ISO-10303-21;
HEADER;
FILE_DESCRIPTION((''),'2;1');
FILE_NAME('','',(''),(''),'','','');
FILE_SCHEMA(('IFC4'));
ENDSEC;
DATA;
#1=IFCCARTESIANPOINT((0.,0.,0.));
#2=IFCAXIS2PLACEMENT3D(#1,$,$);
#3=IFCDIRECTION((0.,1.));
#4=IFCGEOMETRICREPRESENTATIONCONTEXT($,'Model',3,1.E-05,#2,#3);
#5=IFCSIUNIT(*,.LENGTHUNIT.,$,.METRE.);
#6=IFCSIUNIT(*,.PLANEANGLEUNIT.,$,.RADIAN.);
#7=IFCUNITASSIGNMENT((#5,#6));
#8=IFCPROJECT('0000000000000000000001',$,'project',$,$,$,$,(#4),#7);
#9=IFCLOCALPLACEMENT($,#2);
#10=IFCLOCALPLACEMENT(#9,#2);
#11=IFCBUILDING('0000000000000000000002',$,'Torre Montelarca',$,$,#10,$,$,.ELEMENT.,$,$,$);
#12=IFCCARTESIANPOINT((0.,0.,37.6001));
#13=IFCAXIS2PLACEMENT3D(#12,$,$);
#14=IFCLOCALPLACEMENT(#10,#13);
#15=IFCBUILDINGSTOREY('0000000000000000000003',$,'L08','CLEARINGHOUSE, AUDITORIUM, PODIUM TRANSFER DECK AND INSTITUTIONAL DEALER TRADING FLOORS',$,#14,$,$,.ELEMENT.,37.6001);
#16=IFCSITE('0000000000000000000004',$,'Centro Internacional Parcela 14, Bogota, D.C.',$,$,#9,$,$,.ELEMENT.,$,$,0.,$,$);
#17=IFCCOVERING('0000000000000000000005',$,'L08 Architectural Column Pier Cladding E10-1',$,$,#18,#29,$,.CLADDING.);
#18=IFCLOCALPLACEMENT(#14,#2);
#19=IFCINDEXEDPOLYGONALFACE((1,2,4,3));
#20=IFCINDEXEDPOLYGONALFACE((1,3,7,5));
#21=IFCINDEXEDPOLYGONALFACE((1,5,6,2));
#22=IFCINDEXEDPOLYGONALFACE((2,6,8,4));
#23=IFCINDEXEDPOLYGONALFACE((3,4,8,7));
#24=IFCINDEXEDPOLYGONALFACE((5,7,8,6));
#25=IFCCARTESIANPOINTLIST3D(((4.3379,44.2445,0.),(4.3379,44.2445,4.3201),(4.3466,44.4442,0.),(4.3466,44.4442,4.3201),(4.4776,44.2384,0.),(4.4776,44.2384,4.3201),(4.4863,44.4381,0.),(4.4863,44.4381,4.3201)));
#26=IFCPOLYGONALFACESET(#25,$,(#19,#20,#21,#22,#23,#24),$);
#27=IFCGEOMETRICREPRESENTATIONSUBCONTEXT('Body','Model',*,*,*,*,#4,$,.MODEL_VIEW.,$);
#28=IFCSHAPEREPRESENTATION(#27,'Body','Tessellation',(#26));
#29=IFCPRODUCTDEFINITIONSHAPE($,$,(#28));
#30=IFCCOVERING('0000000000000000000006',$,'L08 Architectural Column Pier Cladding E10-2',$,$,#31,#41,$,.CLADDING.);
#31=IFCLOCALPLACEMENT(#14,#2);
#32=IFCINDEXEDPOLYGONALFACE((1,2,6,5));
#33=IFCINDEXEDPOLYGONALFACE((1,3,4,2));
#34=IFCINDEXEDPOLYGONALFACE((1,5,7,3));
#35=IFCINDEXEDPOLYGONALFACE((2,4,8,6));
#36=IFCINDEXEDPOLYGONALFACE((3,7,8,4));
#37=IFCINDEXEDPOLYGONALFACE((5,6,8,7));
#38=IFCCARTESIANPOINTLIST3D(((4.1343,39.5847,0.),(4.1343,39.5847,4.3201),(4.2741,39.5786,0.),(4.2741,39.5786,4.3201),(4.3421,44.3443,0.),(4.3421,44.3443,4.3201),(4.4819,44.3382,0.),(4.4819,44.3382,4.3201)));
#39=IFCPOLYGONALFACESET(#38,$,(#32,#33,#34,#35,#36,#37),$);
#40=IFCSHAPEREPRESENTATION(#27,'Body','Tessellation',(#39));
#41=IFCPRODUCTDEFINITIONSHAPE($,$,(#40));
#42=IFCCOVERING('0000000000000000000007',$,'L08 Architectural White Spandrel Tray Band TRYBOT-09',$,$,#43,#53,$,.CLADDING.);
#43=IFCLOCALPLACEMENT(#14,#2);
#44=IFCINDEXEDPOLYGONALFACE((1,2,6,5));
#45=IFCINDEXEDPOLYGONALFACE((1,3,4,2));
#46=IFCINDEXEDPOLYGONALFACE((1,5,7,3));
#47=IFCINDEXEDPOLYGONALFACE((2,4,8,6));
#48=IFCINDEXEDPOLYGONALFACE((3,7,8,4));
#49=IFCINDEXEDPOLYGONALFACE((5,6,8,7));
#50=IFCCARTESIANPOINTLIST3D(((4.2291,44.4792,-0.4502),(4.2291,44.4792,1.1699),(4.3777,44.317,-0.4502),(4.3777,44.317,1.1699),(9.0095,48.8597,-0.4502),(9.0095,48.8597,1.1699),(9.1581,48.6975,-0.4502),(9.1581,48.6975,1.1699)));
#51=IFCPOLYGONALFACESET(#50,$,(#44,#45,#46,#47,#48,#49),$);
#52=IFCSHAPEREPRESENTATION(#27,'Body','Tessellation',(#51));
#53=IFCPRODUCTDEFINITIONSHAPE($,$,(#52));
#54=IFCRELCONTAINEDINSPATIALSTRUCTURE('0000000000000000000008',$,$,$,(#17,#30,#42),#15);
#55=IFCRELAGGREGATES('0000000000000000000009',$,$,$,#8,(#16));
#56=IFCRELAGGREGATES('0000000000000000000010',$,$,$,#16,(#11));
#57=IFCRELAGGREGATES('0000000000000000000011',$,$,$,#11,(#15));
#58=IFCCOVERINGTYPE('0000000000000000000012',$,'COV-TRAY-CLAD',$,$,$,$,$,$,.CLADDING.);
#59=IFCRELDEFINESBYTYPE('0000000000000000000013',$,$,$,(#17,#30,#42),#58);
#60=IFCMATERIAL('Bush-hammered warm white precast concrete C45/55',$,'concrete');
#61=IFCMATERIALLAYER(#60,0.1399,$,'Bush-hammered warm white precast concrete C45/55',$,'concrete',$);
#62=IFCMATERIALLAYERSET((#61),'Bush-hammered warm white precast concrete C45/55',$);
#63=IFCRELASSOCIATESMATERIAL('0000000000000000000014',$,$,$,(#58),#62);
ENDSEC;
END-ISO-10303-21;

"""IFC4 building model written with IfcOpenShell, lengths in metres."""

from ifc_helpers import new_model, si_unit, direction, frame, origin, origin_2d, place, context, subcontext, project, spatial, rectangle, extrude, source, transform, mapped, material, layer, layer_set, type_object, element, save


model = new_model("IFC4")

# Units and contexts
model_context = context("Model", 3, precision=1e-05, world=origin(), true_north=direction((0.0, 1.0)))
body_context = subcontext(model_context, "Body", "Model", "MODEL_VIEW")
ifc_project = project(units=[si_unit("LENGTHUNIT", "METRE"), si_unit("PLANEANGLEUNIT", "RADIAN")], contexts=[model_context])

# Site, building, storey
site_placement = place(None, origin())
site = spatial("IfcSite", under=ifc_project, at=site_placement, Name="Centro Internacional Parcela 14, Bogota, D.C.", CompositionType="ELEMENT", RefElevation=0.0)
building_placement = place(site_placement, origin())
building = spatial("IfcBuilding", under=site, at=building_placement, Name="Torre Montelarca", CompositionType="ELEMENT")
storey_placement = place(building_placement, frame((0.0, 0.0, 37.6001)))
storey = spatial("IfcBuildingStorey", under=building, at=storey_placement, Name="L08", Description="CLEARINGHOUSE, AUDITORIUM, PODIUM TRANSFER DECK AND INSTITUTIONAL DEALER TRADING FLOORS", CompositionType="ELEMENT", Elevation=37.6001)

# Coverings
ifc_material_1 = material(Name="Bush-hammered warm white precast concrete C45/55", Category="concrete")
ifc_layer_1 = layer(ifc_material_1, 0.1399, Name="Bush-hammered warm white precast concrete C45/55", Category="concrete")
ifc_layer_set_1 = layer_set([ifc_layer_1], Name="Bush-hammered warm white precast concrete C45/55")
covering_type = type_object("IfcCoveringType", Name="COV-TRAY-CLAD", PredefinedType="CLADDING", material=ifc_layer_set_1)
shared_shape_1 = source(origin(), body_context, "Body", "SweptSolid", [
    extrude(rectangle(XDim=0.2, YDim=0.1399, at=origin_2d()), origin(), (0.0, 0.0, 1.0), 4.3201),
])
for number, where, z_axis, x_axis, name in (
    (1, (4.4121, 44.3413, 0.0), (0.0, 0.0, 1.0), (-0.043619, -0.999048, 0.0), "L08 Architectural Column Pier Cladding E10-1"),
):
    element("IfcCovering", number, at=place(storey_placement, frame(where, z_axis=z_axis, x_axis=x_axis)), inside=storey, type_object=covering_type, Name=name, PredefinedType="CLADDING", context=body_context, shape_type="MappedRepresentation", body=[
        mapped(shared_shape_1, transform((0.0, 0.0, 0.0), scale=1.0)),
    ])
shared_shape_2 = source(origin(), body_context, "Body", "SweptSolid", [
    extrude(rectangle(XDim=4.7642, YDim=0.1399, at=origin_2d()), origin(), (0.0, 0.0, 1.0), 4.3201),
])
covering_1_placement = place(storey_placement, frame((4.3081, 41.9614, 0.0), z_axis=(0.0, 0.0, 1.0), x_axis=(-0.043619, -0.999048, 0.0)))
element("IfcCovering", 2, at=covering_1_placement, inside=storey, type_object=covering_type, Name="L08 Architectural Column Pier Cladding E10-2", PredefinedType="CLADDING", context=body_context, shape_type="MappedRepresentation", body=[
    mapped(shared_shape_2, transform((0.0, 0.0, 0.0), scale=1.0)),
])
shared_shape_3 = source(origin(), body_context, "Body", "SweptSolid", [
    extrude(rectangle(XDim=6.4839, YDim=0.22, at=origin_2d()), origin(), (0.0, 0.0, 1.0), 1.6201),
])
covering_2_placement = place(storey_placement, frame((6.6936, 46.5884, -0.4502), z_axis=(0.0, 0.0, 1.0), x_axis=(-0.737271, -0.675597, 0.0)))
element("IfcCovering", 3, at=covering_2_placement, inside=storey, type_object=covering_type, Name="L08 Architectural White Spandrel Tray Band TRYBOT-09", PredefinedType="CLADDING", context=body_context, shape_type="MappedRepresentation", body=[
    mapped(shared_shape_3, transform((0.0, 0.0, 0.0), scale=1.0)),
])

save(model, "model.ifc")
